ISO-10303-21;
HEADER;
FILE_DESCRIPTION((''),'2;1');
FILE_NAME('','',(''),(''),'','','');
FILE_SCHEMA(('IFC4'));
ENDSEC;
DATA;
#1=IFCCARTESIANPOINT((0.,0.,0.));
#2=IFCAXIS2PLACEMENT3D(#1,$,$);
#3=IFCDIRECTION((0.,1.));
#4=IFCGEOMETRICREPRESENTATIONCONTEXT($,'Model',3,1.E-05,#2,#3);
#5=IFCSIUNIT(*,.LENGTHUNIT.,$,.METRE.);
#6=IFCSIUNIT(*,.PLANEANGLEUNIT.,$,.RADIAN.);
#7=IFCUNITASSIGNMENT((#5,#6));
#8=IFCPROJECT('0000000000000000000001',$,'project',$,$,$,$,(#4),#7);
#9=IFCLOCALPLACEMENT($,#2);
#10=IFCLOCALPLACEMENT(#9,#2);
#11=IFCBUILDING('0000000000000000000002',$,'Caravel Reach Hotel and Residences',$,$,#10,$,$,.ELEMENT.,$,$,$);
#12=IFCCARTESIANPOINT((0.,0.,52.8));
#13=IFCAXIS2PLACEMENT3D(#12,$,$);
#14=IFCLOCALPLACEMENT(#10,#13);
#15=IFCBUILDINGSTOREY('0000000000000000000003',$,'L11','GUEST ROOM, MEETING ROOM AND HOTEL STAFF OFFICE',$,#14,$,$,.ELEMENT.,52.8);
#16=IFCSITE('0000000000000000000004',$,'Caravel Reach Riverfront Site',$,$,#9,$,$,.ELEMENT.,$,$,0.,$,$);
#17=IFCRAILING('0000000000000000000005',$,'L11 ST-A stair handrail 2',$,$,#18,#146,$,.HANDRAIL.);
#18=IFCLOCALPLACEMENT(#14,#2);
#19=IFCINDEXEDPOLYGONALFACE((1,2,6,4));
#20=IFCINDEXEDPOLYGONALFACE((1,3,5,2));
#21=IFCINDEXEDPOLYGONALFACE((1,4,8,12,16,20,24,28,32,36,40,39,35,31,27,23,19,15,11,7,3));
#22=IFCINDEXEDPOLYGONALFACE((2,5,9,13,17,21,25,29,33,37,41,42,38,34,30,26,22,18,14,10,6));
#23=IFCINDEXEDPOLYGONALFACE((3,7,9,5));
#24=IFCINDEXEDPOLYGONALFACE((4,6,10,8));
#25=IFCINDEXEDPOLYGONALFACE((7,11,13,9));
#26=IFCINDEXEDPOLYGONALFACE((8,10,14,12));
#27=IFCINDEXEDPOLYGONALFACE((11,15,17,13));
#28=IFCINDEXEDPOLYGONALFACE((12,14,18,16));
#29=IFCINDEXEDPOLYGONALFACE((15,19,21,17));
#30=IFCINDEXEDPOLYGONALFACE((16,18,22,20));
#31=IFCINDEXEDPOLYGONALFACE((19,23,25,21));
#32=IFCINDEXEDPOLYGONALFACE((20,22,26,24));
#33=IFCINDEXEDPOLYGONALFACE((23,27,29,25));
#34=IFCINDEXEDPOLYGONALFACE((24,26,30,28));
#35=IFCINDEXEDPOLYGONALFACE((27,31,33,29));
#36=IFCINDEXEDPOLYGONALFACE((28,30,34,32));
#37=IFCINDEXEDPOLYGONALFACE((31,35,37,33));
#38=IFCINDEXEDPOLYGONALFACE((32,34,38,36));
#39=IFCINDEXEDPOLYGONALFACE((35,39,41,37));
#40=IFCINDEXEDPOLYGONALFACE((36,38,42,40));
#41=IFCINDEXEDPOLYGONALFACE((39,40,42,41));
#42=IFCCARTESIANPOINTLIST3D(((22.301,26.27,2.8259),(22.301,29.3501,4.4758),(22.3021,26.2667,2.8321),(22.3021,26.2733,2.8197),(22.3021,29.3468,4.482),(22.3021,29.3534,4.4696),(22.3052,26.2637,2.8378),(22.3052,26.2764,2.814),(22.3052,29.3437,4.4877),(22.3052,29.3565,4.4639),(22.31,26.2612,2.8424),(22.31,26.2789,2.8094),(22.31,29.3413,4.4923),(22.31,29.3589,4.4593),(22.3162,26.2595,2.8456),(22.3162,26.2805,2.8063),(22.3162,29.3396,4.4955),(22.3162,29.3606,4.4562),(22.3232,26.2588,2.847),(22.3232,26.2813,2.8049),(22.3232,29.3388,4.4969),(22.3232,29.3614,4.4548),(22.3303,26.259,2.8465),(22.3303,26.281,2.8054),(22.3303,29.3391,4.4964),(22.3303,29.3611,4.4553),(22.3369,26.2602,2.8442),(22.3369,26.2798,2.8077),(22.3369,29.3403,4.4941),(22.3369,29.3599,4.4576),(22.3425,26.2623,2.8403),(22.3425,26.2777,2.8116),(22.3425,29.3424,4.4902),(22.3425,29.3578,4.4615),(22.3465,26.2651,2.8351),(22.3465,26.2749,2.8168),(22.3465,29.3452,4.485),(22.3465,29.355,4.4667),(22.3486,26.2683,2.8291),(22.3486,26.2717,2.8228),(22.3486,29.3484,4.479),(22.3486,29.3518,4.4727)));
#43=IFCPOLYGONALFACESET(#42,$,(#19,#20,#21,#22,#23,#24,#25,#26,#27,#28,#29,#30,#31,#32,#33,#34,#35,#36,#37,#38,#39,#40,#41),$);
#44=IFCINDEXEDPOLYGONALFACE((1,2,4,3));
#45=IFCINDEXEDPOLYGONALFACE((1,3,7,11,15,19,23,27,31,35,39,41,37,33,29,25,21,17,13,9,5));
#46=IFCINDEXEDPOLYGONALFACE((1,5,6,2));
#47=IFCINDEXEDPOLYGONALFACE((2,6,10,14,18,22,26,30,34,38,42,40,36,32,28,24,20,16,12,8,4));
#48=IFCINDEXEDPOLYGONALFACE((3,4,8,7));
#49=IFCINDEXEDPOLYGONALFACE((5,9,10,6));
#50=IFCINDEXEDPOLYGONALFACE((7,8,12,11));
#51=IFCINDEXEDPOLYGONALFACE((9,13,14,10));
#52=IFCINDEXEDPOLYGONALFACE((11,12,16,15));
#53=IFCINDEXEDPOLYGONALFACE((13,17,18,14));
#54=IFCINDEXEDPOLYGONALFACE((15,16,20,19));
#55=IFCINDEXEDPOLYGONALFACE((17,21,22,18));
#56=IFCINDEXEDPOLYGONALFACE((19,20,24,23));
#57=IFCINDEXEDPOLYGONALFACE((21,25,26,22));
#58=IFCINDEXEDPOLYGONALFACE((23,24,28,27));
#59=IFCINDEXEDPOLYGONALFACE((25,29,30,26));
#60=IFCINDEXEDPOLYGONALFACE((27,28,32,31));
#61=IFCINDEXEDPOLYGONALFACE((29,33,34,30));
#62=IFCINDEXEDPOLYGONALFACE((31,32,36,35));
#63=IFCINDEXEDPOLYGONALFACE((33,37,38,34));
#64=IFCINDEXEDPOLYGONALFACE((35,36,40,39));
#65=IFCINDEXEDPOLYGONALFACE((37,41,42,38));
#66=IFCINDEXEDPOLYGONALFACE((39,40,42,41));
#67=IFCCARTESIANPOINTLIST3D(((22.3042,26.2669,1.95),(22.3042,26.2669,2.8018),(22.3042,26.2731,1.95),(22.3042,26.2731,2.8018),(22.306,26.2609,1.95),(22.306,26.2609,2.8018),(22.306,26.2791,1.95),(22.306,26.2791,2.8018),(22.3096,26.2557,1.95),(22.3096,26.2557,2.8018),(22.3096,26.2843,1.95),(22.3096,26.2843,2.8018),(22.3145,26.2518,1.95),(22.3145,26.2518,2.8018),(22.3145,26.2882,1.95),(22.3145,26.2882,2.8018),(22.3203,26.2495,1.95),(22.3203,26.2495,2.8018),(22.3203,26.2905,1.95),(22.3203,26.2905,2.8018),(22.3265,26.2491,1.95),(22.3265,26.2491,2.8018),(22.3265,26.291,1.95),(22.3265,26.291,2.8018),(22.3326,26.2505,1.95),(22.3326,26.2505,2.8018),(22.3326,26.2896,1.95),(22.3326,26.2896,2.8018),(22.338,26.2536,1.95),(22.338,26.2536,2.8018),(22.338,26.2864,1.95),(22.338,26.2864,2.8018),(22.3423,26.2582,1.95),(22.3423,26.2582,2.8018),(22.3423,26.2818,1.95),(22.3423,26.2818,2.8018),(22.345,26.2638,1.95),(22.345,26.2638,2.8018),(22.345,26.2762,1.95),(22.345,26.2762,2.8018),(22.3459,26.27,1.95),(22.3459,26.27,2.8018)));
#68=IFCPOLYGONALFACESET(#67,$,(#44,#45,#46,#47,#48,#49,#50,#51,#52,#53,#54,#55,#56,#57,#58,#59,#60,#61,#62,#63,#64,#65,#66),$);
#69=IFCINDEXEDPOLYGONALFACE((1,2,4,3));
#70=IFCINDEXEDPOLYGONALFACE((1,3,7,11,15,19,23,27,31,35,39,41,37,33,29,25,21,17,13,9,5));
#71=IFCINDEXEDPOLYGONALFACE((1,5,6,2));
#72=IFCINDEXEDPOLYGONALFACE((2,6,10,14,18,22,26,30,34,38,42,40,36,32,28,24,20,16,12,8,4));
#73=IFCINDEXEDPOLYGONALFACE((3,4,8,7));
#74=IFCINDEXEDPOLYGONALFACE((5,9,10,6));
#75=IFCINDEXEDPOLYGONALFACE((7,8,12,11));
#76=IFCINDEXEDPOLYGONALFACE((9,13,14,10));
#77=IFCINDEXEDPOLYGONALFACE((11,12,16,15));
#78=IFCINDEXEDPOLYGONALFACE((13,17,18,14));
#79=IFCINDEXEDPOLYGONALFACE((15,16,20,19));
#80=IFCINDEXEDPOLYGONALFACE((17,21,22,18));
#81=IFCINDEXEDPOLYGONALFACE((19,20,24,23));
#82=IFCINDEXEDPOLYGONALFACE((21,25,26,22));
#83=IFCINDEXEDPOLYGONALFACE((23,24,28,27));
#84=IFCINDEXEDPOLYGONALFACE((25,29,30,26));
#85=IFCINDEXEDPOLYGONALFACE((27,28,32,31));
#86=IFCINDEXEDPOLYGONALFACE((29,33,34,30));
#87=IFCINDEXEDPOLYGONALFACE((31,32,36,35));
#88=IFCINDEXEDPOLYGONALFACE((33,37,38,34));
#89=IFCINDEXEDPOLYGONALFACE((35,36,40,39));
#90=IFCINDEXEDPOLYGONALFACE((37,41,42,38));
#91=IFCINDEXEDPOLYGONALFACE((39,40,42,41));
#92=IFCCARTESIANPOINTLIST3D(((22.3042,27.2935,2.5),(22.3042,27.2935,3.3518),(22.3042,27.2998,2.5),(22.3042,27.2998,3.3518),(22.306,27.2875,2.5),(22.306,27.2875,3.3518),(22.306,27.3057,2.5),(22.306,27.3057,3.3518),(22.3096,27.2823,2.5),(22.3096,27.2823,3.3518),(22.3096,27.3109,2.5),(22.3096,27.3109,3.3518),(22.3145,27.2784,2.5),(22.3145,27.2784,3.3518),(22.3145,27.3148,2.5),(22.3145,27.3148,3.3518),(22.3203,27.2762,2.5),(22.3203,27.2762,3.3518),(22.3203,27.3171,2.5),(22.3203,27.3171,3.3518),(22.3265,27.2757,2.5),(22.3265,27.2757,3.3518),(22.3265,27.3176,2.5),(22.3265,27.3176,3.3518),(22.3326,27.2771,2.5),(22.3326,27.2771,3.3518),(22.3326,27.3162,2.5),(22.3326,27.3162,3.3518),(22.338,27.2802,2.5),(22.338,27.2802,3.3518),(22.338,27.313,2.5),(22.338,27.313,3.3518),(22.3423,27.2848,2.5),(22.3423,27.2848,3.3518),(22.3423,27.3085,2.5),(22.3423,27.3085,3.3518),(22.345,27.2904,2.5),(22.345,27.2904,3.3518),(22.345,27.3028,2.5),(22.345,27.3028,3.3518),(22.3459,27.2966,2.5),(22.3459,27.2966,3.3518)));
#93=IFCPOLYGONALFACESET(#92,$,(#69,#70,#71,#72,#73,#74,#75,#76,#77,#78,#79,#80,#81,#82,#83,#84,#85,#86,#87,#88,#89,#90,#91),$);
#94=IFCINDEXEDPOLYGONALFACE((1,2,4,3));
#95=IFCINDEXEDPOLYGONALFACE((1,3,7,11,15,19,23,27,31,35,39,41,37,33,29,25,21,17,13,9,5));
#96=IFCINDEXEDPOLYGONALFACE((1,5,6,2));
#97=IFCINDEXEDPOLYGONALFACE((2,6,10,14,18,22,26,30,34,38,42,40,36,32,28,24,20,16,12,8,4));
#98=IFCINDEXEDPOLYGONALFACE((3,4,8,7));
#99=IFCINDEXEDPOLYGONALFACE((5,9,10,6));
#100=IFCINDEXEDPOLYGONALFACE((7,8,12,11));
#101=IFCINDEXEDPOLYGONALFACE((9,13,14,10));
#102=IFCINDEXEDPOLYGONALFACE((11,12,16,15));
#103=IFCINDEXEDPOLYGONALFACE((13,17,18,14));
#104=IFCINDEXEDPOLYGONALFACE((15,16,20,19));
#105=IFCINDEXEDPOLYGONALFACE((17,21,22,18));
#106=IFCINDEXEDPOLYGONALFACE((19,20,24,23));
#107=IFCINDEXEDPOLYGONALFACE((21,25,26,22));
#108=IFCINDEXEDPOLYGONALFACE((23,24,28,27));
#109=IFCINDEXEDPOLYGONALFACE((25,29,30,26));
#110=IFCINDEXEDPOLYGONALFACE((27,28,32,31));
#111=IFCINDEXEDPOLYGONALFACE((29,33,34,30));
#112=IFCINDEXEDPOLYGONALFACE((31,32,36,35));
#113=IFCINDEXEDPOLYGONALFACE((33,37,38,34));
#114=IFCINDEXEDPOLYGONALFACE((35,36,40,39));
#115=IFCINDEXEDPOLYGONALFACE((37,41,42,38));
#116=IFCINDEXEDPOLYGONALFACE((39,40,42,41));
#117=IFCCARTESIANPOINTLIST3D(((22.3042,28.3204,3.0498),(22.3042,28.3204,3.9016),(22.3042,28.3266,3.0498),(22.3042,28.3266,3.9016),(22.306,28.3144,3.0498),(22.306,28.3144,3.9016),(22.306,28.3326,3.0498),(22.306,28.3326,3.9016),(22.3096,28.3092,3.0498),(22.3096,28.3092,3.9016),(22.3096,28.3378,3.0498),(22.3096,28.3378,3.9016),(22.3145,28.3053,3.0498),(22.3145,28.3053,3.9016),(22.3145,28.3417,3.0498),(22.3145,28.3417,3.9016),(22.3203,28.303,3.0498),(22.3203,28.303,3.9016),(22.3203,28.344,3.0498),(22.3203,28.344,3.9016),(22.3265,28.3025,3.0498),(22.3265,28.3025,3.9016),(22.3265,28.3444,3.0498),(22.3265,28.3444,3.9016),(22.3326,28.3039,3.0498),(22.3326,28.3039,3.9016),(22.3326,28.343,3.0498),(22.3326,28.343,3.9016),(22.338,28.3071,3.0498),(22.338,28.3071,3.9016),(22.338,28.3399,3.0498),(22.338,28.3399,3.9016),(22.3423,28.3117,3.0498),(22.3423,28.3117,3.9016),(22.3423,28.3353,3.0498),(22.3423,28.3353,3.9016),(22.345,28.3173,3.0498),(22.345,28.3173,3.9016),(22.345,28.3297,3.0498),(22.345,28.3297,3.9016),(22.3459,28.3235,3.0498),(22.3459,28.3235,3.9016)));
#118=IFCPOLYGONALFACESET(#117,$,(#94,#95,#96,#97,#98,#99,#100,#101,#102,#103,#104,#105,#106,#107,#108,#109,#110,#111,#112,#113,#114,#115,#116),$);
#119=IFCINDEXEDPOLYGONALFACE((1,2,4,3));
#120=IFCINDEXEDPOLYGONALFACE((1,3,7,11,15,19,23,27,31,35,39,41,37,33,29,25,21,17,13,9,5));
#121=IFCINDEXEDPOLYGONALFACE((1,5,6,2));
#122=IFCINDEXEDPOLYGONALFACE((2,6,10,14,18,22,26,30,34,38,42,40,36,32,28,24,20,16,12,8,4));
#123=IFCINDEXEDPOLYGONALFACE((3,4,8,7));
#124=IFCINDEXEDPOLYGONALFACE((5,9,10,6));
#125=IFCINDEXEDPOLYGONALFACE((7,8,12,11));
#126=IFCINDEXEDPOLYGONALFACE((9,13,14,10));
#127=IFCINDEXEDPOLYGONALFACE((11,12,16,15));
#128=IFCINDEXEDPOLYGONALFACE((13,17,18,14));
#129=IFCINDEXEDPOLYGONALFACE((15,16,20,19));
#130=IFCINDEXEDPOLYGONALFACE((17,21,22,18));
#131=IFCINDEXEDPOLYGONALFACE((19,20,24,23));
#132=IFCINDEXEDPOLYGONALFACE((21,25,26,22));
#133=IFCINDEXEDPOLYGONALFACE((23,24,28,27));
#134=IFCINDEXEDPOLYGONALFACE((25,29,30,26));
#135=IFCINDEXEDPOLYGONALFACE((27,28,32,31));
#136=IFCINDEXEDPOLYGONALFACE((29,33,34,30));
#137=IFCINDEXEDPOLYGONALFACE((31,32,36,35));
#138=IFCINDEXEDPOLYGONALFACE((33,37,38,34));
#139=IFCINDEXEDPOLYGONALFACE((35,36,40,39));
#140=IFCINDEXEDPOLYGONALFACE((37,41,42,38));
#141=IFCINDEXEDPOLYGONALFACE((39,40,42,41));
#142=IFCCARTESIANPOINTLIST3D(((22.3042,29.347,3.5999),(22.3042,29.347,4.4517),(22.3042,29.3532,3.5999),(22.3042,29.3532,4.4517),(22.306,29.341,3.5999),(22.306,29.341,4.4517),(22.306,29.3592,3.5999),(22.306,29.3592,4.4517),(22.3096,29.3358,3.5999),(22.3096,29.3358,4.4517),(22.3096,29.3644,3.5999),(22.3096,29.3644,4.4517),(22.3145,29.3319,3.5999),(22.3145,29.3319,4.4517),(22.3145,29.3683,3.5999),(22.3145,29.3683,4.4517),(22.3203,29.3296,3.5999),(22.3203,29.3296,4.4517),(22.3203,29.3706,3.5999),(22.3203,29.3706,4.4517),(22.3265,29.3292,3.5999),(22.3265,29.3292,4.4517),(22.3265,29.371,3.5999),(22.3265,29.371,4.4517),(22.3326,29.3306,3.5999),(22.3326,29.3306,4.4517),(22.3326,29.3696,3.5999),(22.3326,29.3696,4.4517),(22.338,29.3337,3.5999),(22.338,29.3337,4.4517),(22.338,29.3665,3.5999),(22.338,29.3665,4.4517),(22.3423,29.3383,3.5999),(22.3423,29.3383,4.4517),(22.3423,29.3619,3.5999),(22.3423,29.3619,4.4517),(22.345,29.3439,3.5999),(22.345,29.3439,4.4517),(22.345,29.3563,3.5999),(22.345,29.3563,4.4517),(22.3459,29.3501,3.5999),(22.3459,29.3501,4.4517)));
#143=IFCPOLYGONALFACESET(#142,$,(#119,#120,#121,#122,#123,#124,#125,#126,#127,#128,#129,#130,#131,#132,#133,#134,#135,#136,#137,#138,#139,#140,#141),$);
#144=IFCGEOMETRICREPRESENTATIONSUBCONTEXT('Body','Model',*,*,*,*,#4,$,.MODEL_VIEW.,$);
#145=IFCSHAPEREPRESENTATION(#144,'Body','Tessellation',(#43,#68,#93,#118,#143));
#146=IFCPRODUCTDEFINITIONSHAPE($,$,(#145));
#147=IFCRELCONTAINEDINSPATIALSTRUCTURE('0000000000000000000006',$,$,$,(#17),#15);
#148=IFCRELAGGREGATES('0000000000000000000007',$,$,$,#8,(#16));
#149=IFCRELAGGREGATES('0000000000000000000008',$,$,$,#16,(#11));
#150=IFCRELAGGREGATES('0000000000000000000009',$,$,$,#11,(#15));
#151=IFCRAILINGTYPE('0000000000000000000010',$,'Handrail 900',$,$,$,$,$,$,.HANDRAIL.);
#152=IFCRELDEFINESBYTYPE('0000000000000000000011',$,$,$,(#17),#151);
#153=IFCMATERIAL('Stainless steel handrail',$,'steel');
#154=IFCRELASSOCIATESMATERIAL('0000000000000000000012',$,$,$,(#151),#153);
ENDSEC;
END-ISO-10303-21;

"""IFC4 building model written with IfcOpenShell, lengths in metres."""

from ifc_helpers import new_model, si_unit, direction, frame, origin, origin_2d, place, context, subcontext, project, spatial, circle, extrude, material, type_object, element, save


model = new_model("IFC4")

# Units and contexts
model_context = context("Model", 3, precision=1e-05, world=origin(), true_north=direction((0.0, 1.0)))
body_context = subcontext(model_context, "Body", "Model", "MODEL_VIEW")
ifc_project = project(units=[si_unit("LENGTHUNIT", "METRE"), si_unit("PLANEANGLEUNIT", "RADIAN")], contexts=[model_context])

# Site, building, storey
site_placement = place(None, origin())
site = spatial("IfcSite", under=ifc_project, at=site_placement, Name="Caravel Reach Riverfront Site", CompositionType="ELEMENT", RefElevation=0.0)
building_placement = place(site_placement, origin())
building = spatial("IfcBuilding", under=site, at=building_placement, Name="Caravel Reach Hotel and Residences", CompositionType="ELEMENT")
storey_placement = place(building_placement, frame((0.0, 0.0, 52.8)))
storey = spatial("IfcBuildingStorey", under=building, at=storey_placement, Name="L11", Description="GUEST ROOM, MEETING ROOM AND HOTEL STAFF OFFICE", CompositionType="ELEMENT", Elevation=52.8)

# Railing
ifc_material_1 = material(Name="Stainless steel handrail", Category="steel")
railing_type_1 = type_object("IfcRailingType", Name="Handrail 900", PredefinedType="HANDRAIL", material=ifc_material_1)
railing_1_placement = place(storey_placement, frame((22.325, 26.27, 1.95)))
element("IfcRailing", 1, at=railing_1_placement, inside=storey, type_object=railing_type_1, Name="L11 ST-A stair handrail 2", PredefinedType="HANDRAIL", context=body_context, shape_type="SweptSolid", body=[
    extrude(circle(Radius=0.0239, at=origin_2d()), frame((0.0, 0.0, 0.876), z_axis=(0.0, 0.881497, 0.47219), x_axis=(-1.0, 0.0, 0.0)), (0.0, 0.0, 1.0), 3.4941),
    extrude(circle(Radius=0.021, at=origin_2d()), origin(), (0.0, 0.0, 1.0), 0.8518),
    extrude(circle(Radius=0.021, at=origin_2d()), frame((0.0, 1.0266, 0.55)), (0.0, 0.0, 1.0), 0.8518),
    extrude(circle(Radius=0.021, at=origin_2d()), frame((0.0, 2.0535, 1.0999)), (0.0, 0.0, 1.0), 0.8518),
    extrude(circle(Radius=0.021, at=origin_2d()), frame((0.0, 3.0801, 1.6499)), (0.0, 0.0, 1.0), 0.8518),
])

save(model, "model.ifc")
